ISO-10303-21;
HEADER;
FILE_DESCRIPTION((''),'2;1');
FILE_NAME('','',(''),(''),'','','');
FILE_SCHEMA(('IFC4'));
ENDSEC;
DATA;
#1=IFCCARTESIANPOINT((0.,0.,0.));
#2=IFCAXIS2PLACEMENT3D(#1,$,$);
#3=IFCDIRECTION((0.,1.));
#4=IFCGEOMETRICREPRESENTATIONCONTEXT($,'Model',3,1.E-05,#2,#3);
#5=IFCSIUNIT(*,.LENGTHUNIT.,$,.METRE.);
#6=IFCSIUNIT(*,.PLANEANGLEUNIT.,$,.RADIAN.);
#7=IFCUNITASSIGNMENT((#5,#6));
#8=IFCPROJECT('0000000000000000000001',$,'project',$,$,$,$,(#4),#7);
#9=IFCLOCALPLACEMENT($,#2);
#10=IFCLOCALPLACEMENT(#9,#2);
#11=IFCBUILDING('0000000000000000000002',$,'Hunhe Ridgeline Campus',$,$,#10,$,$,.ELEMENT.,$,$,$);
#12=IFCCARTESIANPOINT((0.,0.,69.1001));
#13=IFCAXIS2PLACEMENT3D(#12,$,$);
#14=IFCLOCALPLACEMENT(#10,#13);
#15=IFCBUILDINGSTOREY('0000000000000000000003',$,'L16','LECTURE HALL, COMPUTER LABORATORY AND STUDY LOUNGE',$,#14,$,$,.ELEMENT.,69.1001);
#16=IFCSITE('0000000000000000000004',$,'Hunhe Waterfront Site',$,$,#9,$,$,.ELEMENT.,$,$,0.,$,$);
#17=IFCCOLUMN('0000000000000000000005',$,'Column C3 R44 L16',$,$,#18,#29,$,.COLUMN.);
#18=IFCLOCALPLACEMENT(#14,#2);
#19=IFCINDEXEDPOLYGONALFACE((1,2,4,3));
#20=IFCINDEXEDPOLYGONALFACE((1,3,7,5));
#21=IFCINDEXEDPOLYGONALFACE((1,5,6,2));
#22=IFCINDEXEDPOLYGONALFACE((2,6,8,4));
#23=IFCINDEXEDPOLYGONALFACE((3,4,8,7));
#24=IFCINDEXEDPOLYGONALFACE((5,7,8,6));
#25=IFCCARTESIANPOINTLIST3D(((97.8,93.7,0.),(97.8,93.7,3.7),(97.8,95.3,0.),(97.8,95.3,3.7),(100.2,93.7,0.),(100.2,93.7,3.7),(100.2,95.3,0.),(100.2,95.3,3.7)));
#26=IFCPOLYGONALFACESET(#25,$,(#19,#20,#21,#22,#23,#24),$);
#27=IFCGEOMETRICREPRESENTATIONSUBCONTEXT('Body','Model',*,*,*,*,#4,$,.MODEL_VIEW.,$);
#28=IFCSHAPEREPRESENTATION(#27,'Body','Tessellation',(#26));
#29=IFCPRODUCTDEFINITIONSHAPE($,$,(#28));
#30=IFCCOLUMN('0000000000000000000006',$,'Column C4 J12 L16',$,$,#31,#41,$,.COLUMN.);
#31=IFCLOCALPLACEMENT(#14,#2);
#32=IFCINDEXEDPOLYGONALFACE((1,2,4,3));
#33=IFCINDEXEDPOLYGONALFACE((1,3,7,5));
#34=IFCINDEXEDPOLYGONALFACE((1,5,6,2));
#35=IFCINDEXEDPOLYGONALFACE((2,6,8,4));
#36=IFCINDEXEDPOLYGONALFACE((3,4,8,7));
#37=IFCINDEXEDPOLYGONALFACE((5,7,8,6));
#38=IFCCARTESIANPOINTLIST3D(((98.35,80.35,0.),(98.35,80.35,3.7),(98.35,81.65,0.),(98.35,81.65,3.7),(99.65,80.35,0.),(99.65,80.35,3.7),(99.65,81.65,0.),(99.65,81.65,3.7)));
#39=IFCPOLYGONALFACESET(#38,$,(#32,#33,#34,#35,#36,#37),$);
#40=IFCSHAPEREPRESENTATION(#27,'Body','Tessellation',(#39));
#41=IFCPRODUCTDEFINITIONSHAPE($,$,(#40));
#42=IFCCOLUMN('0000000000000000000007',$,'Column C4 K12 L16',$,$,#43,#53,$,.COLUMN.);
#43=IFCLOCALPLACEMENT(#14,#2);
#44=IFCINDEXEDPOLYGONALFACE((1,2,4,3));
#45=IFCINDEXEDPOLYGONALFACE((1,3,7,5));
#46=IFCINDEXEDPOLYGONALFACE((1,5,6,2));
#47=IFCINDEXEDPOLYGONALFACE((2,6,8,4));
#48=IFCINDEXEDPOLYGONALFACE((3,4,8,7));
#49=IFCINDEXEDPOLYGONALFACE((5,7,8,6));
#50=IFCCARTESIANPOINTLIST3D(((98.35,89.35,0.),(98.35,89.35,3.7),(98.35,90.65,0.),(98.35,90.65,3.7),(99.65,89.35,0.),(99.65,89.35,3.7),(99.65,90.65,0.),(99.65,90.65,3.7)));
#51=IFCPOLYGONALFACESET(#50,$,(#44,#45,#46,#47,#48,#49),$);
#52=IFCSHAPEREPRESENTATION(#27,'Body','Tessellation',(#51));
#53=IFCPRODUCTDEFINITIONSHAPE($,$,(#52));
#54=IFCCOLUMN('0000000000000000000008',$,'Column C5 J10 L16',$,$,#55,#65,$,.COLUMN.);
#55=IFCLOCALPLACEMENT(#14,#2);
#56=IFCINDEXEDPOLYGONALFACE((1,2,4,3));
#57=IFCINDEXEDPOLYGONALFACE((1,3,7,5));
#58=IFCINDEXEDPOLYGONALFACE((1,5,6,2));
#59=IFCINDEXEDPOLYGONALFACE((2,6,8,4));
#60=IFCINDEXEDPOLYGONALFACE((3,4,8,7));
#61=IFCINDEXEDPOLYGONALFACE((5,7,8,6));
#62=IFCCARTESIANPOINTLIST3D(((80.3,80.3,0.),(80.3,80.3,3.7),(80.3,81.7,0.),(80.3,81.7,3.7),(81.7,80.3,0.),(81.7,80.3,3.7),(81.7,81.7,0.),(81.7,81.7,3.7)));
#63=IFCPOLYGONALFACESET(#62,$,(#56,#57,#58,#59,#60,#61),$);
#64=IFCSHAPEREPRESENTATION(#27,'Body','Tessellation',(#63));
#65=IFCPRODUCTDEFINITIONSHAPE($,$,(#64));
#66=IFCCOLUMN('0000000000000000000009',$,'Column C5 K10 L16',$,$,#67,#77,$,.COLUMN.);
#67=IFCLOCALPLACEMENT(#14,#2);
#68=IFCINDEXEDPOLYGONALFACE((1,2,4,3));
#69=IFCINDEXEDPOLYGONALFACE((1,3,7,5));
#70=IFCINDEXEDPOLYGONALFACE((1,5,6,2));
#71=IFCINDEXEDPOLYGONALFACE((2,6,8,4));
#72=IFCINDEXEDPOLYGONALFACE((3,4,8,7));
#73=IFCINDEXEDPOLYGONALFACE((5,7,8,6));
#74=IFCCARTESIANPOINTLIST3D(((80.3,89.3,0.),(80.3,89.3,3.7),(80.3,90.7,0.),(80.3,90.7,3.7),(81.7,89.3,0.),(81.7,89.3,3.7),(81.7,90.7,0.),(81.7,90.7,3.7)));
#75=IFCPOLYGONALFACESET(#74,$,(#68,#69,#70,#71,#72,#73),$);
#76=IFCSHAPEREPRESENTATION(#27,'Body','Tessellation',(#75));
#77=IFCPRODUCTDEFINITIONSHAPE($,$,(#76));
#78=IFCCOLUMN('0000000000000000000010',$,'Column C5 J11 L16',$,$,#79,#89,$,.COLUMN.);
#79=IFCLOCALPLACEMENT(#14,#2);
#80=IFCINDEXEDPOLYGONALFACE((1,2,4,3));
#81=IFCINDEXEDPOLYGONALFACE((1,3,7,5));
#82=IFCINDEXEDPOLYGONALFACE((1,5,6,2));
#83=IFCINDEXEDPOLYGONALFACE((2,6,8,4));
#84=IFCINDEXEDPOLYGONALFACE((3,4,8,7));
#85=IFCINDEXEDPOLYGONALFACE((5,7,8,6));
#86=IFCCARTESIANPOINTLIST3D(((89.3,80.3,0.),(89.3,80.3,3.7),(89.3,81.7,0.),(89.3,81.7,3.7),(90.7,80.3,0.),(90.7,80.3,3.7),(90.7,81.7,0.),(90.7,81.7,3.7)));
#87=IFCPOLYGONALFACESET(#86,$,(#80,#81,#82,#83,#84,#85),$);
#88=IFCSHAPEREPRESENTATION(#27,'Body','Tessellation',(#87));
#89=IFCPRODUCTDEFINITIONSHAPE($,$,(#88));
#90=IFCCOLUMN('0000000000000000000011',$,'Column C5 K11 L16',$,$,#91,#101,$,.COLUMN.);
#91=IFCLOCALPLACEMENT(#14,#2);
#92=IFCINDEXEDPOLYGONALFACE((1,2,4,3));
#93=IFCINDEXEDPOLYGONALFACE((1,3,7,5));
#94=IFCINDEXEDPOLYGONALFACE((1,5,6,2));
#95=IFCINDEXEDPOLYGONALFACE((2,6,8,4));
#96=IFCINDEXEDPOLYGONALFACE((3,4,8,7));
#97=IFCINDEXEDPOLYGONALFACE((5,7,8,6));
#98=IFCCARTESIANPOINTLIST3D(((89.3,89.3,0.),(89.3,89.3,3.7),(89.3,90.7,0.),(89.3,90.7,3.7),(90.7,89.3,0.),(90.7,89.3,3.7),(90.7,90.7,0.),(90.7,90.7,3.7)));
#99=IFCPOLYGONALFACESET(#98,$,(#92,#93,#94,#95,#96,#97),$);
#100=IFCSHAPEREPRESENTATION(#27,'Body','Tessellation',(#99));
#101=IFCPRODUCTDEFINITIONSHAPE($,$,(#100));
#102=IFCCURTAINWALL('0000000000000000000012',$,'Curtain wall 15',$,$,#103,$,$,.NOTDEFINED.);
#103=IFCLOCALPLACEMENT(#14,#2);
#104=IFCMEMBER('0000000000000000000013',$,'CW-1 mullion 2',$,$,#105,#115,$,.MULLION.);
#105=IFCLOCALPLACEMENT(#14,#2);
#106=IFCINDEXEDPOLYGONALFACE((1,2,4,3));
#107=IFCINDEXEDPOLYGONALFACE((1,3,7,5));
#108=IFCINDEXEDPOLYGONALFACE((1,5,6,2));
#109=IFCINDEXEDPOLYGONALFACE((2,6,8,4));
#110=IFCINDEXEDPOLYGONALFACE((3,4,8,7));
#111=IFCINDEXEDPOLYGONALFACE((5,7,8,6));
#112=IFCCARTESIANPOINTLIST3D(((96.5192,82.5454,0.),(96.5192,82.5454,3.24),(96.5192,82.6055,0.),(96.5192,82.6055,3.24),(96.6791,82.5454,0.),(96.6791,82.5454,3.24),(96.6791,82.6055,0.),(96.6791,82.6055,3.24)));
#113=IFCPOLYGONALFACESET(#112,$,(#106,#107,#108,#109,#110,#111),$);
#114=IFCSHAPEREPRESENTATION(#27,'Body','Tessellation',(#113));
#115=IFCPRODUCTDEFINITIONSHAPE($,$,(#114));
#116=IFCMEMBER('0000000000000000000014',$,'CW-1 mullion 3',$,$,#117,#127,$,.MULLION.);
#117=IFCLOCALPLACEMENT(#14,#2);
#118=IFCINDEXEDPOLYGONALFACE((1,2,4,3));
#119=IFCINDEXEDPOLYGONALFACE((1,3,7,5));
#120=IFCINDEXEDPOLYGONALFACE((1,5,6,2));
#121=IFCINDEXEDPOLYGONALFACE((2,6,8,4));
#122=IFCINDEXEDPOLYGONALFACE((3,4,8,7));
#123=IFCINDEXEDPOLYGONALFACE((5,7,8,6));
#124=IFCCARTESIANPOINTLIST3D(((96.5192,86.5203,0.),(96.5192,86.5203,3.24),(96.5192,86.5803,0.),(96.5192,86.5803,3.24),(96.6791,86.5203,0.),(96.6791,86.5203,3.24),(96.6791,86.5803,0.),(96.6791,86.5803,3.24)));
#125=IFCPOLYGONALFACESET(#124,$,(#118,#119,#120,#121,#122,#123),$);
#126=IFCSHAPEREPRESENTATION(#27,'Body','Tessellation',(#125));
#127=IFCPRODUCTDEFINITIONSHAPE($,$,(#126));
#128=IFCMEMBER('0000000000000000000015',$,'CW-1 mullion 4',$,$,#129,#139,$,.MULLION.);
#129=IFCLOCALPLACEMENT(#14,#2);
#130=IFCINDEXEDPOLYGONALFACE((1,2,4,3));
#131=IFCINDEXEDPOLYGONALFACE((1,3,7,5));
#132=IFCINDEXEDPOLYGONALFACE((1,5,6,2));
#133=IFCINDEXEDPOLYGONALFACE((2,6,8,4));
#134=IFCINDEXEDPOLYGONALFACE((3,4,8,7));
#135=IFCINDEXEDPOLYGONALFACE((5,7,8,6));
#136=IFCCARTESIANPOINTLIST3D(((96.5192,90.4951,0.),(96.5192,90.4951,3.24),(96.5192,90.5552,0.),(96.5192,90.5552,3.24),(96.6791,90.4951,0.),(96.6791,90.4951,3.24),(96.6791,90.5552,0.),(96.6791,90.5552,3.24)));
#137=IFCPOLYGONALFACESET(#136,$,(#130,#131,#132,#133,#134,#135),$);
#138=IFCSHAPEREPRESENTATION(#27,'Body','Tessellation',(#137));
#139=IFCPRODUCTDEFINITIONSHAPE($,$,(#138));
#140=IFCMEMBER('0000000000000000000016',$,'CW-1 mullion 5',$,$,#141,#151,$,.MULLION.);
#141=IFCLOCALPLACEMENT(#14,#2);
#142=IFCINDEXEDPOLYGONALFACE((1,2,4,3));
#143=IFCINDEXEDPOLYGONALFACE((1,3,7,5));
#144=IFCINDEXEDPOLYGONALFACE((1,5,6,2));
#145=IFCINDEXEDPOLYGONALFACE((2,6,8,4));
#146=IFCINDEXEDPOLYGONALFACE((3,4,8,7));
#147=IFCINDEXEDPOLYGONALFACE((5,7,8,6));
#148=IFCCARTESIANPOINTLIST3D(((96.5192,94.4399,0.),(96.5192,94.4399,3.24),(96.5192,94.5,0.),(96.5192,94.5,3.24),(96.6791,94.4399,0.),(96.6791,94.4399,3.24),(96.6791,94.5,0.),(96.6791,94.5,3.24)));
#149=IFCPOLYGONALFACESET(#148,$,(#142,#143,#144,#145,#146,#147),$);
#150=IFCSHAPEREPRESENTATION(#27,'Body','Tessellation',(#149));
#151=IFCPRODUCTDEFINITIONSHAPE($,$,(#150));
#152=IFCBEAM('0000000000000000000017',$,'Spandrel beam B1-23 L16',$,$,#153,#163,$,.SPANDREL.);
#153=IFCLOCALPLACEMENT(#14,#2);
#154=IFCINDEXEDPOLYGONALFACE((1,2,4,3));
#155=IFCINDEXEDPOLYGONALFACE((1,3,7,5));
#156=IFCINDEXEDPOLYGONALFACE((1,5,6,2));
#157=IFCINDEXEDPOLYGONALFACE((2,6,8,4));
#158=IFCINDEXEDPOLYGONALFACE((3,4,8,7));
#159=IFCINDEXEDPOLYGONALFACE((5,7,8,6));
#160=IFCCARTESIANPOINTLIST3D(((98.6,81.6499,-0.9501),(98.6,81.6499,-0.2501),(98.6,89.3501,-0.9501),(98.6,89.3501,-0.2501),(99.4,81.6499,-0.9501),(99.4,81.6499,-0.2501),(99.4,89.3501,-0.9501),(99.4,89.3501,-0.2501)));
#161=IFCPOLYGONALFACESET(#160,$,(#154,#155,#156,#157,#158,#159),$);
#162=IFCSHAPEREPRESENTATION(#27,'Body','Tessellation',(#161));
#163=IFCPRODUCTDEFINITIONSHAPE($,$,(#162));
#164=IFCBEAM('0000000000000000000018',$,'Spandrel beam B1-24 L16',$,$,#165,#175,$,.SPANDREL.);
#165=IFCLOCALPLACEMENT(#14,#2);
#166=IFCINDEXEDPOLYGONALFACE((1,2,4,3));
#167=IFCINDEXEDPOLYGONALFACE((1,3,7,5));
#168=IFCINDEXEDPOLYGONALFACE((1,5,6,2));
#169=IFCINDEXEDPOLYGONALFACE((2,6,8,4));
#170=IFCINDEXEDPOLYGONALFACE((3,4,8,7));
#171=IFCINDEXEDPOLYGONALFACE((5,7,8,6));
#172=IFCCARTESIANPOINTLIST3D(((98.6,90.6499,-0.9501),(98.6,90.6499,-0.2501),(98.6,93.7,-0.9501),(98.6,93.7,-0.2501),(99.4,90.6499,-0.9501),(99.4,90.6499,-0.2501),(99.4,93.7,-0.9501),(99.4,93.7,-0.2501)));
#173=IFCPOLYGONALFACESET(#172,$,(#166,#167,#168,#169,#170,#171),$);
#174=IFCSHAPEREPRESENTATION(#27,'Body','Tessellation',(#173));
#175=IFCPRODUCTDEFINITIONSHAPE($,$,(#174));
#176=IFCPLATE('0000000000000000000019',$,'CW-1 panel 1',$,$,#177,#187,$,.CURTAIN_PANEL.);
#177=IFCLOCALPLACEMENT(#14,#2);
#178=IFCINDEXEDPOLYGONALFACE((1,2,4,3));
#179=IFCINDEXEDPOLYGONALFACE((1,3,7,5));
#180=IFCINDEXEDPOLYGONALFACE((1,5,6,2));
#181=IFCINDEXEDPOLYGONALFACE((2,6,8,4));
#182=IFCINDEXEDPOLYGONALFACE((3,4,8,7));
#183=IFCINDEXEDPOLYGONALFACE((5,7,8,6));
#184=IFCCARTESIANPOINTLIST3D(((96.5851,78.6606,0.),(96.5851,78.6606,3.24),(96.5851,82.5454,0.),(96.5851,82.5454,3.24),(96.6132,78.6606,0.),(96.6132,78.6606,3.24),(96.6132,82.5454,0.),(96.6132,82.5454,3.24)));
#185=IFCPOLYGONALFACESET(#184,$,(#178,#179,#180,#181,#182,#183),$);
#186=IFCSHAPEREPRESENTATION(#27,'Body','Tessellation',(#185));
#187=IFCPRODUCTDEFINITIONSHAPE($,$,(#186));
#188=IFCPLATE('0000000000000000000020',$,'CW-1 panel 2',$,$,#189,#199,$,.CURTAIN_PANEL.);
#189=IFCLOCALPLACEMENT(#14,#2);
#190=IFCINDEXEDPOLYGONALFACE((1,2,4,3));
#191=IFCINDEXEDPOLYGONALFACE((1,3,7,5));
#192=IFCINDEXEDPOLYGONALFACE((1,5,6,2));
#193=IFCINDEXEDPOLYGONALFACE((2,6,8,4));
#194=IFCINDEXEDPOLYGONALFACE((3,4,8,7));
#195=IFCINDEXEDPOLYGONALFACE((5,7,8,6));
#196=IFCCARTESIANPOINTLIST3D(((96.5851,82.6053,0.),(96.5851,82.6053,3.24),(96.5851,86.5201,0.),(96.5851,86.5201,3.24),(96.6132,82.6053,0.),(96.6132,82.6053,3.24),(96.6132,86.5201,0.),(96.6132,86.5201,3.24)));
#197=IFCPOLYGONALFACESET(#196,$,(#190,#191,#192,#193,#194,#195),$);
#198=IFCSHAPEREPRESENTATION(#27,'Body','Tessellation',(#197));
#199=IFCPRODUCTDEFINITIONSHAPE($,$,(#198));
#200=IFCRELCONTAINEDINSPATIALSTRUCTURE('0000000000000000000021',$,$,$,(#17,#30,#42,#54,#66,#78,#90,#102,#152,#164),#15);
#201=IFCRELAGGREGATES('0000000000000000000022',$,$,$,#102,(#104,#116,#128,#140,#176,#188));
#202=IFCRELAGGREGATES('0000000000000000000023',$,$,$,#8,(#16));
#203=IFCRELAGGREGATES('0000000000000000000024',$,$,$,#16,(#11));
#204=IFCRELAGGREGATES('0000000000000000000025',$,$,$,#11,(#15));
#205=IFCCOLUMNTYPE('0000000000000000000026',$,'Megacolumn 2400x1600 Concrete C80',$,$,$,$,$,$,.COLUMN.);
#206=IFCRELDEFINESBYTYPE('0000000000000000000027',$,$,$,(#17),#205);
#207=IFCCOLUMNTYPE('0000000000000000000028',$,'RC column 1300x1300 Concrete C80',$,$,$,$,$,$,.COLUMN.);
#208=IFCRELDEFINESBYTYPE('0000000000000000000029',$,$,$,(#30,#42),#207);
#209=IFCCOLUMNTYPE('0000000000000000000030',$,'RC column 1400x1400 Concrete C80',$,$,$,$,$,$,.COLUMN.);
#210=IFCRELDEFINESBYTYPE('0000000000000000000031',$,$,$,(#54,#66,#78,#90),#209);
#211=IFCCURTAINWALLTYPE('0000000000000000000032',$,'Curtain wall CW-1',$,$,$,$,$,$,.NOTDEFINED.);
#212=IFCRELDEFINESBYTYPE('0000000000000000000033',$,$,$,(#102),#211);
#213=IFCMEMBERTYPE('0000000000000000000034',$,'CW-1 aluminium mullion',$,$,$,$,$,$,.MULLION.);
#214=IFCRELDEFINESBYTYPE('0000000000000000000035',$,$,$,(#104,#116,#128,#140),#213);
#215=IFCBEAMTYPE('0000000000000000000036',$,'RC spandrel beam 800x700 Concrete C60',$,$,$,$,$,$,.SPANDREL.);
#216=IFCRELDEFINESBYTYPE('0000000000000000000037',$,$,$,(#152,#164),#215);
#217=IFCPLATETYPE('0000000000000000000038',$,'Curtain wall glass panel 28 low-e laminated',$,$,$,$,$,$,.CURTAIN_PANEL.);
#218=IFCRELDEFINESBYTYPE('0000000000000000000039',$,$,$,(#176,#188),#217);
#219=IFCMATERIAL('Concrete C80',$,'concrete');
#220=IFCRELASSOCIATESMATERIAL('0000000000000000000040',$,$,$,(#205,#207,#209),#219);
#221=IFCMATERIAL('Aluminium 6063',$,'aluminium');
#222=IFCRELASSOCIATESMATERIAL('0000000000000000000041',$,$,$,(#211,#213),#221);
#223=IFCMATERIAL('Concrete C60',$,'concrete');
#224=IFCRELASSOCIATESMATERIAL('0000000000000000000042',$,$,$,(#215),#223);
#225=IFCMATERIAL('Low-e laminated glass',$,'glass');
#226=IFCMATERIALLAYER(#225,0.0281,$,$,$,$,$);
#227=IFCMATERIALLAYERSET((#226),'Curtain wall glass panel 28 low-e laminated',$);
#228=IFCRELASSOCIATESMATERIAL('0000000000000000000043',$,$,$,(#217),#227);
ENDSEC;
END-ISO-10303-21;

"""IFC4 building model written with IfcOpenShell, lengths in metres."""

from ifc_helpers import new_model, si_unit, direction, frame, origin, origin_2d, place, context, subcontext, project, spatial, rectangle, extrude, material, layer, layer_set, material_profile, profile_set, type_object, element, aggregate, save


model = new_model("IFC4")

# Units and contexts
model_context = context("Model", 3, precision=1e-05, world=origin(), true_north=direction((0.0, 1.0)))
body_context = subcontext(model_context, "Body", "Model", "MODEL_VIEW")
ifc_project = project(units=[si_unit("LENGTHUNIT", "METRE"), si_unit("PLANEANGLEUNIT", "RADIAN")], contexts=[model_context])

# Site, building, storey
site_placement = place(None, origin())
site = spatial("IfcSite", under=ifc_project, at=site_placement, Name="Hunhe Waterfront Site", CompositionType="ELEMENT", RefElevation=0.0)
building_placement = place(site_placement, origin())
building = spatial("IfcBuilding", under=site, at=building_placement, Name="Hunhe Ridgeline Campus", CompositionType="ELEMENT")
storey_placement = place(building_placement, frame((0.0, 0.0, 69.1001)))
storey = spatial("IfcBuildingStorey", under=building, at=storey_placement, Name="L16", Description="LECTURE HALL, COMPUTER LABORATORY AND STUDY LOUNGE", CompositionType="ELEMENT", Elevation=69.1001)

# Columns
ifc_material_1 = material(Name="Concrete C80", Category="concrete")
ifc_material_profile_1 = material_profile(ifc_material_1, rectangle(XDim=2.3999, YDim=1.6001, at=origin_2d()))
ifc_profile_set_1 = profile_set([ifc_material_profile_1], Name="Concrete C80")
column_type_1 = type_object("IfcColumnType", Name="Megacolumn 2400x1600 Concrete C80", PredefinedType="COLUMN", material=ifc_profile_set_1)
column_placement = place(storey_placement, frame((99.0, 94.5, 0.0), z_axis=(0.0, 0.0, 1.0), x_axis=(1.0, 0.0, 0.0)))
element("IfcColumn", 1, at=column_placement, inside=storey, type_object=column_type_1, Name="Column C3 R44 L16", PredefinedType="COLUMN", context=body_context, shape_type="SweptSolid", body=[
    extrude(rectangle(XDim=2.3999, YDim=1.6001, at=origin_2d()), origin(), (0.0, 0.0, 1.0), 3.7),
])
ifc_material_profile_2 = material_profile(ifc_material_1, rectangle(XDim=1.3, YDim=1.3, at=origin_2d()))
ifc_profile_set_2 = profile_set([ifc_material_profile_2], Name="Concrete C80")
column_type_2 = type_object("IfcColumnType", Name="RC column 1300x1300 Concrete C80", PredefinedType="COLUMN", material=ifc_profile_set_2)
for number, where, z_axis, x_axis, name in (
    (2, (99.0, 81.0, 0.0), (0.0, 0.0, 1.0), (1.0, 0.0, 0.0), "Column C4 J12 L16"),
    (3, (99.0, 90.0, 0.0), (0.0, 0.0, 1.0), (1.0, 0.0, 0.0), "Column C4 K12 L16"),
):
    element("IfcColumn", number, at=place(storey_placement, frame(where, z_axis=z_axis, x_axis=x_axis)), inside=storey, type_object=column_type_2, Name=name, PredefinedType="COLUMN", context=body_context, shape_type="SweptSolid", body=[
        extrude(rectangle(XDim=1.3, YDim=1.3, at=origin_2d()), origin(), (0.0, 0.0, 1.0), 3.7),
    ])
ifc_material_profile_3 = material_profile(ifc_material_1, rectangle(XDim=1.3999, YDim=1.3999, at=origin_2d()))
ifc_profile_set_3 = profile_set([ifc_material_profile_3], Name="Concrete C80")
column_type_3 = type_object("IfcColumnType", Name="RC column 1400x1400 Concrete C80", PredefinedType="COLUMN", material=ifc_profile_set_3)
for number, where, z_axis, x_axis, name in (
    (4, (81.0, 81.0, 0.0), (0.0, 0.0, 1.0), (1.0, 0.0, 0.0), "Column C5 J10 L16"),
    (5, (81.0, 90.0, 0.0), (0.0, 0.0, 1.0), (1.0, 0.0, 0.0), "Column C5 K10 L16"),
    (6, (90.0, 81.0, 0.0), (0.0, 0.0, 1.0), (1.0, 0.0, 0.0), "Column C5 J11 L16"),
    (7, (90.0, 90.0, 0.0), (0.0, 0.0, 1.0), (1.0, 0.0, 0.0), "Column C5 K11 L16"),
):
    element("IfcColumn", number, at=place(storey_placement, frame(where, z_axis=z_axis, x_axis=x_axis)), inside=storey, type_object=column_type_3, Name=name, PredefinedType="COLUMN", context=body_context, shape_type="SweptSolid", body=[
        extrude(rectangle(XDim=1.3999, YDim=1.3999, at=origin_2d()), origin(), (0.0, 0.0, 1.0), 3.7),
    ])

# Curtain wall, members
ifc_material_2 = material(Name="Aluminium 6063", Category="aluminium")
curtain_wall_type = type_object("IfcCurtainWallType", Name="Curtain wall CW-1", PredefinedType="NOTDEFINED", material=ifc_material_2)
curtain_wall_placement = place(storey_placement, origin())
curtain_wall = element("IfcCurtainWall", 8, at=curtain_wall_placement, inside=storey, type_object=curtain_wall_type, Name="Curtain wall 15", PredefinedType="NOTDEFINED")
ifc_material_profile_4 = material_profile(ifc_material_2, rectangle(XDim=0.1599, YDim=0.0601, at=origin_2d()))
ifc_profile_set_4 = profile_set([ifc_material_profile_4], Name="Aluminium 6063")
member_type = type_object("IfcMemberType", Name="CW-1 aluminium mullion", PredefinedType="MULLION", material=ifc_profile_set_4)
member_1_placement = place(storey_placement, frame((96.5991, 82.5754, 0.0), z_axis=(0.0, 0.0, 1.0), x_axis=(-1.0, 0.0, 0.0)))
member_1 = element("IfcMember", 9, at=member_1_placement, type_object=member_type, Name="CW-1 mullion 2", PredefinedType="MULLION", context=body_context, shape_type="SweptSolid", body=[
    extrude(rectangle(XDim=0.1599, YDim=0.0601, at=origin_2d()), origin(), (0.0, 0.0, 1.0), 3.24),
])
member_2_placement = place(storey_placement, frame((96.5991, 86.5503, 0.0), z_axis=(0.0, 0.0, 1.0), x_axis=(-1.0, 0.0, 0.0)))
member_2 = element("IfcMember", 10, at=member_2_placement, type_object=member_type, Name="CW-1 mullion 3", PredefinedType="MULLION", context=body_context, shape_type="SweptSolid", body=[
    extrude(rectangle(XDim=0.1599, YDim=0.0601, at=origin_2d()), origin(), (0.0, 0.0, 1.0), 3.24),
])
member_3_placement = place(storey_placement, frame((96.5991, 90.5251, 0.0), z_axis=(0.0, 0.0, 1.0), x_axis=(-1.0, 0.0, 0.0)))
member_3 = element("IfcMember", 11, at=member_3_placement, type_object=member_type, Name="CW-1 mullion 4", PredefinedType="MULLION", context=body_context, shape_type="SweptSolid", body=[
    extrude(rectangle(XDim=0.1599, YDim=0.0601, at=origin_2d()), origin(), (0.0, 0.0, 1.0), 3.24),
])
member_4_placement = place(storey_placement, frame((96.5991, 94.47, 0.0), z_axis=(0.0, 0.0, 1.0), x_axis=(-1.0, 0.0, 0.0)))
member_4 = element("IfcMember", 12, at=member_4_placement, type_object=member_type, Name="CW-1 mullion 5", PredefinedType="MULLION", context=body_context, shape_type="SweptSolid", body=[
    extrude(rectangle(XDim=0.1599, YDim=0.0601, at=origin_2d()), origin(), (0.0, 0.0, 1.0), 3.24),
])

# Beams
ifc_material_3 = material(Name="Concrete C60", Category="concrete")
ifc_material_profile_5 = material_profile(ifc_material_3, rectangle(XDim=0.8, YDim=0.7, at=origin_2d()))
ifc_profile_set_5 = profile_set([ifc_material_profile_5], Name="Concrete C60")
beam_type = type_object("IfcBeamType", Name="RC spandrel beam 800x700 Concrete C60", PredefinedType="SPANDREL", material=ifc_profile_set_5)
beam_1_placement = place(storey_placement, frame((99.0, 81.6499, -0.6001), z_axis=(0.0, 1.0, 0.0), x_axis=(-1.0, 0.0, 0.0)))
element("IfcBeam", 13, at=beam_1_placement, inside=storey, type_object=beam_type, Name="Spandrel beam B1-23 L16", PredefinedType="SPANDREL", context=body_context, shape_type="SweptSolid", body=[
    extrude(rectangle(XDim=0.8, YDim=0.7, at=origin_2d()), origin(), (0.0, 0.0, 1.0), 7.7002),
])
beam_2_placement = place(storey_placement, frame((99.0, 90.6499, -0.6001), z_axis=(0.0, 1.0, 0.0), x_axis=(-1.0, 0.0, 0.0)))
element("IfcBeam", 14, at=beam_2_placement, inside=storey, type_object=beam_type, Name="Spandrel beam B1-24 L16", PredefinedType="SPANDREL", context=body_context, shape_type="SweptSolid", body=[
    extrude(rectangle(XDim=0.8, YDim=0.7, at=origin_2d()), origin(), (0.0, 0.0, 1.0), 3.05),
])

# Plates
ifc_material_4 = material(Name="Low-e laminated glass", Category="glass")
ifc_layer_1 = layer(ifc_material_4, 0.0281)
ifc_layer_set_1 = layer_set([ifc_layer_1], Name="Curtain wall glass panel 28 low-e laminated")
plate_type = type_object("IfcPlateType", Name="Curtain wall glass panel 28 low-e laminated", PredefinedType="CURTAIN_PANEL", material=ifc_layer_set_1)
plate_1_placement = place(storey_placement, frame((96.5991, 80.603, 0.0), z_axis=(0.0, 0.0, 1.0), x_axis=(0.0, 1.0, 0.0)))
plate_1 = element("IfcPlate", 15, at=plate_1_placement, type_object=plate_type, Name="CW-1 panel 1", PredefinedType="CURTAIN_PANEL", context=body_context, shape_type="SweptSolid", body=[
    extrude(rectangle(XDim=3.8848, YDim=0.0281, at=origin_2d()), origin(), (0.0, 0.0, 1.0), 3.24),
])
plate_2_placement = place(storey_placement, frame((96.5991, 84.5627, 0.0), z_axis=(0.0, 0.0, 1.0), x_axis=(0.0, 1.0, 0.0)))
plate_2 = element("IfcPlate", 16, at=plate_2_placement, type_object=plate_type, Name="CW-1 panel 2", PredefinedType="CURTAIN_PANEL", context=body_context, shape_type="SweptSolid", body=[
    extrude(rectangle(XDim=3.9148, YDim=0.0281, at=origin_2d()), origin(), (0.0, 0.0, 1.0), 3.24),
])
aggregate(curtain_wall, [member_1, member_2, member_3, member_4, plate_1, plate_2])

save(model, "model.ifc")
